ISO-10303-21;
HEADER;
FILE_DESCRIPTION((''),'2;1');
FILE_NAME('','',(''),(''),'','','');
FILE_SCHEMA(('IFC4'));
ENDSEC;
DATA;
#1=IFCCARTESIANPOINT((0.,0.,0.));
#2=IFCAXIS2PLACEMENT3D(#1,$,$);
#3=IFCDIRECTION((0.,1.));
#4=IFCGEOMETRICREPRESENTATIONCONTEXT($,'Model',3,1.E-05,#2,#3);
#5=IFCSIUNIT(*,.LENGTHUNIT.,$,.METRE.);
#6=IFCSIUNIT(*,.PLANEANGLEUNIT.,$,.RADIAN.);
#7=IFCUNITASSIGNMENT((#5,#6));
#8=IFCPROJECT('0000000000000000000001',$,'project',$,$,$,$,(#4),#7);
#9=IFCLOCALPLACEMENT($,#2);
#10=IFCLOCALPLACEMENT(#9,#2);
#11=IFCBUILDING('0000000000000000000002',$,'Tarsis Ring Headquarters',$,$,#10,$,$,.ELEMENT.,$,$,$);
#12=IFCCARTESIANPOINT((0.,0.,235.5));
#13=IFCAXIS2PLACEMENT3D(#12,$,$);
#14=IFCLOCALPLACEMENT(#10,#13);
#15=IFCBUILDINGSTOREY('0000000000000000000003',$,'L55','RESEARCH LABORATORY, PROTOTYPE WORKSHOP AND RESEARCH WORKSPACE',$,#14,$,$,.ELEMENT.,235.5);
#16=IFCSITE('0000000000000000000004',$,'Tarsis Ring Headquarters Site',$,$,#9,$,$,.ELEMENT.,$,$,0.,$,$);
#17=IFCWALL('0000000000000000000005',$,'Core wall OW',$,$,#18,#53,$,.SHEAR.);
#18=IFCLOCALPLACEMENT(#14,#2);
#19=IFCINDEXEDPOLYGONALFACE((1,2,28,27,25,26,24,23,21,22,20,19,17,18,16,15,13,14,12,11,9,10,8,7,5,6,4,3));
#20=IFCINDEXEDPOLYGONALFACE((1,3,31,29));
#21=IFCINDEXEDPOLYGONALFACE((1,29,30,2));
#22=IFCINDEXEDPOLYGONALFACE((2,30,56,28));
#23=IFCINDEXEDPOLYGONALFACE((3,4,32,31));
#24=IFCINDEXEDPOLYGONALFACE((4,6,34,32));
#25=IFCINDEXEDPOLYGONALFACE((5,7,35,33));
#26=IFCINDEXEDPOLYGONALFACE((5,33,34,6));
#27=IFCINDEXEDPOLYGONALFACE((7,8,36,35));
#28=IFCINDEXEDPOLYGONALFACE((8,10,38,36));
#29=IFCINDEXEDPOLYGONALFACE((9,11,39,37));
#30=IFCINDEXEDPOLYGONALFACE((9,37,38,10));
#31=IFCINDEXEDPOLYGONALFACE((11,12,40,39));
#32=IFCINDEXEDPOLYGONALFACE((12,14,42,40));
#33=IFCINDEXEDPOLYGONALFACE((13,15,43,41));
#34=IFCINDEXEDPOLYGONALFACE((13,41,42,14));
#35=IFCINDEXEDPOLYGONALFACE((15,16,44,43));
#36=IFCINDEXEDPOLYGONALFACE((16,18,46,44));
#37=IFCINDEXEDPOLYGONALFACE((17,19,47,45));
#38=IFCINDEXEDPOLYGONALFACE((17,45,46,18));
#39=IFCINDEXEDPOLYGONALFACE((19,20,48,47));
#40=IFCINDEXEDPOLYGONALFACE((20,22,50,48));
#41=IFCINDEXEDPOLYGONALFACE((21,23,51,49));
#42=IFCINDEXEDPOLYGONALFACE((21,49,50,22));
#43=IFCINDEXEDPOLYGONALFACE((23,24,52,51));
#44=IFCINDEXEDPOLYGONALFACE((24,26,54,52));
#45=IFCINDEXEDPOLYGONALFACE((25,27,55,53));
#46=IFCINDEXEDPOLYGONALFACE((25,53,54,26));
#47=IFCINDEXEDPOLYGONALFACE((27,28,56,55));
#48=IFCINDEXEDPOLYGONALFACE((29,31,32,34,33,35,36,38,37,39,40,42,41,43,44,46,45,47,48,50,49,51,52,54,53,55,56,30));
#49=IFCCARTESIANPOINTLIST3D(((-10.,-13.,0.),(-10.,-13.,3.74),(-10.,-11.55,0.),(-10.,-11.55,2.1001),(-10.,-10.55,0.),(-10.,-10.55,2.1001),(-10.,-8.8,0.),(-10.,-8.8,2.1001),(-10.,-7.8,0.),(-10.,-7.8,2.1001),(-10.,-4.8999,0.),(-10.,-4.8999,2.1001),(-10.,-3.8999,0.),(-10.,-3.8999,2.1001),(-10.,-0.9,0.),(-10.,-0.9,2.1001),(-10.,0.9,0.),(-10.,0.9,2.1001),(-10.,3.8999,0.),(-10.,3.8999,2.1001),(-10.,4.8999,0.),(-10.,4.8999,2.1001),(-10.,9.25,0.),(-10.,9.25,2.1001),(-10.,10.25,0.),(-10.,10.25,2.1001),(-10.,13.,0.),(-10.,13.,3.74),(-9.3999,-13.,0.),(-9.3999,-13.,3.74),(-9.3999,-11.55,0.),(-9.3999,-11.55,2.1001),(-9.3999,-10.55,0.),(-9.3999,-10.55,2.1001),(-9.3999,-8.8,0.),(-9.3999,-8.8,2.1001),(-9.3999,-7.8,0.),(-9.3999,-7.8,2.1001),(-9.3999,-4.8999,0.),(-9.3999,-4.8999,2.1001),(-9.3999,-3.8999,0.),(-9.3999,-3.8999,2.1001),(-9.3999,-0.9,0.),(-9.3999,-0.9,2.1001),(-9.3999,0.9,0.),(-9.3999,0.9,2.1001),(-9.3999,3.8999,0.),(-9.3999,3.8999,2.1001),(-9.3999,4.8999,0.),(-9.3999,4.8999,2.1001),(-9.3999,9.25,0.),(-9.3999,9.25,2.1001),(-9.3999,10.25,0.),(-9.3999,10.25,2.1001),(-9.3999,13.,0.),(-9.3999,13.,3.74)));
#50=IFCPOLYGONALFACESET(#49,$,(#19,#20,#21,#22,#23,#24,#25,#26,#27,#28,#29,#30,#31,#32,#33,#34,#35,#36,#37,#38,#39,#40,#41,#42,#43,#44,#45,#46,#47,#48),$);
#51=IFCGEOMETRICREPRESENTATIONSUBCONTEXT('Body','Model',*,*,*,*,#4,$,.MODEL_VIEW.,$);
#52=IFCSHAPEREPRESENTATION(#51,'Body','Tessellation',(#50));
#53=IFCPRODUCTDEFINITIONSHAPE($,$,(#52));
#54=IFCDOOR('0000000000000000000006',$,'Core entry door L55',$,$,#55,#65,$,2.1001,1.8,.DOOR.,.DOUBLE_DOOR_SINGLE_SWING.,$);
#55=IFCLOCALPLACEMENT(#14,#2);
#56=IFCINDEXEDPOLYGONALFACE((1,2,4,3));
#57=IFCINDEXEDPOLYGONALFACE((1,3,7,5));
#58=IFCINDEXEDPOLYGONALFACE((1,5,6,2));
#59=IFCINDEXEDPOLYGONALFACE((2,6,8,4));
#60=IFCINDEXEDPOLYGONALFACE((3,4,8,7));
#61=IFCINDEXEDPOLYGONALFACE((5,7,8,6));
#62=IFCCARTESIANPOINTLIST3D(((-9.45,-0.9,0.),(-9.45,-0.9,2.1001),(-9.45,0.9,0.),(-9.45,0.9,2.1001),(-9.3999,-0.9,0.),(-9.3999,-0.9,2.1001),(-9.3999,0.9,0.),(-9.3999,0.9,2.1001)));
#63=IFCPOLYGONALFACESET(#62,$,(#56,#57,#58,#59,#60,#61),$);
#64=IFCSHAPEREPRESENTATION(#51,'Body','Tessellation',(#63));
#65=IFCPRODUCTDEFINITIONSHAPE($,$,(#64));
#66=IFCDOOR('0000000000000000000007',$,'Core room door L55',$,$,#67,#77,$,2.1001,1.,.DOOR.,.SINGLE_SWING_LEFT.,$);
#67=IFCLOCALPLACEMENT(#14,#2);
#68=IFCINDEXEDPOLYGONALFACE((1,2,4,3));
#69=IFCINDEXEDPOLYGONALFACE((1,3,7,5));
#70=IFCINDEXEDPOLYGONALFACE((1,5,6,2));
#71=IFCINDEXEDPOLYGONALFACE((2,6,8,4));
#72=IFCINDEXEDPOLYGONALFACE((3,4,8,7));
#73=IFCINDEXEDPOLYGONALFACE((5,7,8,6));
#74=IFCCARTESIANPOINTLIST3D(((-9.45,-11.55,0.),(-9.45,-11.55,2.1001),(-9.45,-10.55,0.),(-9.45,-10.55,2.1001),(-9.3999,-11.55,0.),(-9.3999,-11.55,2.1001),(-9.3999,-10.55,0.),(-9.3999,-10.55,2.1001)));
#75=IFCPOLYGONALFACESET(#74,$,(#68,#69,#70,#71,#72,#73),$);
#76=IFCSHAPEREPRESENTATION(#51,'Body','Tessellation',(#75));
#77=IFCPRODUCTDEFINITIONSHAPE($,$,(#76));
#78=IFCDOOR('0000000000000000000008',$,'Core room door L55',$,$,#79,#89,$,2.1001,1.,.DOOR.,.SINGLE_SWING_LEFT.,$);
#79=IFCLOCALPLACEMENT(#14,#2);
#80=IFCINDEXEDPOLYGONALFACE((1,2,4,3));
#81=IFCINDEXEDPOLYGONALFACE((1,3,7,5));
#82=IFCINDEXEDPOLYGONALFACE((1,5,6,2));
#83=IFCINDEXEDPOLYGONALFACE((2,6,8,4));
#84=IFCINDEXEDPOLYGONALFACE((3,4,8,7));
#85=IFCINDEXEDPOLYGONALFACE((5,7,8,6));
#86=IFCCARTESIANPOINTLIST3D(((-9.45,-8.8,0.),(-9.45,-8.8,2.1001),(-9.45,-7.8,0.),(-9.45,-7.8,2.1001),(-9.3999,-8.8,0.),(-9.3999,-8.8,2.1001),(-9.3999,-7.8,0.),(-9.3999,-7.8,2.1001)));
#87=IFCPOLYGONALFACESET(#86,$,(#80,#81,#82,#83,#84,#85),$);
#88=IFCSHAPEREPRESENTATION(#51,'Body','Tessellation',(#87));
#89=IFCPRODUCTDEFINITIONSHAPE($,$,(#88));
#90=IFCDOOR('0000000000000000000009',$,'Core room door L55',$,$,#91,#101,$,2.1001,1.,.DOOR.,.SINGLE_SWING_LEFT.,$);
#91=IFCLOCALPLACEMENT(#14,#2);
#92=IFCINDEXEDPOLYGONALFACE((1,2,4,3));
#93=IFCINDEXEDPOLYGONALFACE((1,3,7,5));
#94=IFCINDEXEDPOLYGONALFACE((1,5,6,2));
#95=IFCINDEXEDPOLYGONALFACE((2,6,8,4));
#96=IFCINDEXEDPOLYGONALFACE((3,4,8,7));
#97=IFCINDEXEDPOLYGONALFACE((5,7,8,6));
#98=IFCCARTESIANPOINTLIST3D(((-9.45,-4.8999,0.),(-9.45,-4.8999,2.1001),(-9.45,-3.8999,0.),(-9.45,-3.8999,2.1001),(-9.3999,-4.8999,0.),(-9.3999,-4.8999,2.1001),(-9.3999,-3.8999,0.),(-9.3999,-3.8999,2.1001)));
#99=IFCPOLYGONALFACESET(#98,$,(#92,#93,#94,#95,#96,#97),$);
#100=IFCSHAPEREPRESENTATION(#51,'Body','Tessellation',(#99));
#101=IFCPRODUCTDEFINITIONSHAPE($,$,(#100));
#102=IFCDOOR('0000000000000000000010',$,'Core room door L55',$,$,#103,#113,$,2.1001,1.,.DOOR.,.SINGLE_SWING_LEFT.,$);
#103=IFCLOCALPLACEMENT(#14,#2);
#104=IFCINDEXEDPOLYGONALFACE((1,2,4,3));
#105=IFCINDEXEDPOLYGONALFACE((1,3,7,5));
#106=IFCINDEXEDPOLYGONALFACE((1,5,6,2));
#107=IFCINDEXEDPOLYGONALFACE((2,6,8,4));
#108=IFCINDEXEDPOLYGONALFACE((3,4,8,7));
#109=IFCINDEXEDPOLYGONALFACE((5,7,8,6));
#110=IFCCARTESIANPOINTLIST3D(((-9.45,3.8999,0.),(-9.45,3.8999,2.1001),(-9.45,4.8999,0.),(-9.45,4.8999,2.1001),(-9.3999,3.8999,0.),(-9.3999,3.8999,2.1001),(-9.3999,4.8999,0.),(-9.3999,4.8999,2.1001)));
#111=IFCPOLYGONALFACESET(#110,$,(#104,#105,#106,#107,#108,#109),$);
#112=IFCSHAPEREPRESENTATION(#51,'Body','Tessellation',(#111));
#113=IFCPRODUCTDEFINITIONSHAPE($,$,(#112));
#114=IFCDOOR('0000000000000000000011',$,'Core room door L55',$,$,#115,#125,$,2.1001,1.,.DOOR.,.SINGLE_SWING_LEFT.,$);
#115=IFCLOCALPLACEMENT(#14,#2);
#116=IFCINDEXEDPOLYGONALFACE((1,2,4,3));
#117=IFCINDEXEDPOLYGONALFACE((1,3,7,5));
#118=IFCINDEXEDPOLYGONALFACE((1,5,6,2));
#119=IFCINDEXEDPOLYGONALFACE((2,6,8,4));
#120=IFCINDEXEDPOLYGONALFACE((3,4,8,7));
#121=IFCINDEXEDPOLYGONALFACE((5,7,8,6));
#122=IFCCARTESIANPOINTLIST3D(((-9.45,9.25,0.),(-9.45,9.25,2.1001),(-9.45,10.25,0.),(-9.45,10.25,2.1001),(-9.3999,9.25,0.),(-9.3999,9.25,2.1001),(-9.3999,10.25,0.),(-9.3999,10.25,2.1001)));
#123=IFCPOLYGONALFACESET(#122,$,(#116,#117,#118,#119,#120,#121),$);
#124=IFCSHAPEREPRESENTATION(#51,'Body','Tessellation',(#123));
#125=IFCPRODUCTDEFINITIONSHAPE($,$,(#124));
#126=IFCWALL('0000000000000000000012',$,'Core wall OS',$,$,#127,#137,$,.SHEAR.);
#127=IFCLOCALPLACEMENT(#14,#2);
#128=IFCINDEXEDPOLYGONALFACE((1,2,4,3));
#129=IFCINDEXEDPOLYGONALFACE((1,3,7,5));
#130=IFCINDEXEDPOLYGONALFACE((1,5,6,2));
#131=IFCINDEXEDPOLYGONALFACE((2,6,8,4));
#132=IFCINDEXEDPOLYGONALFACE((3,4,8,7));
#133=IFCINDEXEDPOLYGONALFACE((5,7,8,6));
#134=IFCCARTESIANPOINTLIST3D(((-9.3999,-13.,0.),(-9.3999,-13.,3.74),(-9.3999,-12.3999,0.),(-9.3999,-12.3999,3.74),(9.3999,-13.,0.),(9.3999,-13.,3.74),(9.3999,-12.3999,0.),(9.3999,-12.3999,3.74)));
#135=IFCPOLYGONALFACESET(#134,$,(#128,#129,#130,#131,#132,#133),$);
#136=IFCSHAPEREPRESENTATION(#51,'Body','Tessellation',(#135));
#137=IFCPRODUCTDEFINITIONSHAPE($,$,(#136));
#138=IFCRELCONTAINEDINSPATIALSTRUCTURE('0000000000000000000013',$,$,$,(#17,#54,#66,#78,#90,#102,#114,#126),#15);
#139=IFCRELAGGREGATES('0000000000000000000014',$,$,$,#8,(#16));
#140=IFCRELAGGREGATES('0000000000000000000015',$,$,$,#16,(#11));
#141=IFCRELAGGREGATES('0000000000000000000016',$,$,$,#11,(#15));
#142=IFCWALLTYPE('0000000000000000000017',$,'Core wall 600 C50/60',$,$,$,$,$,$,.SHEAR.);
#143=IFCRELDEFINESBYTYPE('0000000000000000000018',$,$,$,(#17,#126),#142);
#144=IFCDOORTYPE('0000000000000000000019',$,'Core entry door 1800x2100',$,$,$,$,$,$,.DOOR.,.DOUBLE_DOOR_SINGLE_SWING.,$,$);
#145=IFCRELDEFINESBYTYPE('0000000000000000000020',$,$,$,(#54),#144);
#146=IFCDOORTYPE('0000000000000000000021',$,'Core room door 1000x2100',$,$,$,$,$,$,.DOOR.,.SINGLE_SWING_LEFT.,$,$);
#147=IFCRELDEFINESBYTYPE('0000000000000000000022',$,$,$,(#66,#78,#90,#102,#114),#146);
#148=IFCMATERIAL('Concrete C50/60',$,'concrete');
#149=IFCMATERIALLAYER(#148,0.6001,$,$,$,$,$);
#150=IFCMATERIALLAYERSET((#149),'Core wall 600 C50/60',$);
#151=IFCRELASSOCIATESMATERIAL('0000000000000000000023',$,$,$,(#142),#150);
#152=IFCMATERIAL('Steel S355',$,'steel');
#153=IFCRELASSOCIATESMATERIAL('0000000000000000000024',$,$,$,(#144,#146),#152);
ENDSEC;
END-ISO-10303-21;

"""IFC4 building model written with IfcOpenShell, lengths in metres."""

from ifc_helpers import new_model, si_unit, direction, frame, frame_2d, origin, place, context, subcontext, project, spatial, rectangle, extrude, material, layer, layer_set, type_object, element, fill, save


model = new_model("IFC4")

# Units and contexts
model_context = context("Model", 3, precision=1e-05, world=origin(), true_north=direction((0.0, 1.0)))
body_context = subcontext(model_context, "Body", "Model", "MODEL_VIEW")
ifc_project = project(units=[si_unit("LENGTHUNIT", "METRE"), si_unit("PLANEANGLEUNIT", "RADIAN")], contexts=[model_context])

# Site, building, storey
site_placement = place(None, origin())
site = spatial("IfcSite", under=ifc_project, at=site_placement, Name="Tarsis Ring Headquarters Site", CompositionType="ELEMENT", RefElevation=0.0)
building_placement = place(site_placement, origin())
building = spatial("IfcBuilding", under=site, at=building_placement, Name="Tarsis Ring Headquarters", CompositionType="ELEMENT")
storey_placement = place(building_placement, frame((0.0, 0.0, 235.5)))
storey = spatial("IfcBuildingStorey", under=building, at=storey_placement, Name="L55", Description="RESEARCH LABORATORY, PROTOTYPE WORKSHOP AND RESEARCH WORKSPACE", CompositionType="ELEMENT", Elevation=235.5)

# Wall, openings, doors
ifc_material_1 = material(Name="Concrete C50/60", Category="concrete")
ifc_layer_1 = layer(ifc_material_1, 0.6001)
ifc_layer_set_1 = layer_set([ifc_layer_1], Name="Core wall 600 C50/60")
wall_type_1 = type_object("IfcWallType", Name="Core wall 600 C50/60", PredefinedType="SHEAR", material=ifc_layer_set_1)
wall_1_placement = place(storey_placement, frame((-9.7, -13.0, 0.0), z_axis=(0.0, 0.0, 1.0), x_axis=(0.0, 1.0, 0.0)))
wall_1 = element("IfcWall", 1, at=wall_1_placement, inside=storey, type_object=wall_type_1, Name="Core wall OW", PredefinedType="SHEAR", context=body_context, shape_type="SweptSolid", body=[
    extrude(rectangle(XDim=26.0, YDim=0.6001, at=frame_2d((13.0, 0.0))), origin(), (0.0, 0.0, 1.0), 3.74),
])
opening_1_placement = place(wall_1_placement, frame((1.45, 0.0, 0.0)))
opening_1 = element("IfcOpeningElement", 2, at=opening_1_placement, cuts=wall_1, PredefinedType="OPENING", context=body_context, shape_type="SweptSolid", body=[
    extrude(rectangle(XDim=1.0, YDim=2.1001, at=frame_2d((0.5, 1.05))), frame((0.0, 0.3101, 0.0), z_axis=(0.0, -1.0, 0.0), x_axis=(1.0, 0.0, 0.0)), (0.0, 0.0, 1.0), 0.6201),
])
opening_2_placement = place(wall_1_placement, frame((4.2, 0.0, 0.0)))
opening_2 = element("IfcOpeningElement", 3, at=opening_2_placement, cuts=wall_1, PredefinedType="OPENING", context=body_context, shape_type="SweptSolid", body=[
    extrude(rectangle(XDim=1.0, YDim=2.1001, at=frame_2d((0.5, 1.05))), frame((0.0, 0.3101, 0.0), z_axis=(0.0, -1.0, 0.0), x_axis=(1.0, 0.0, 0.0)), (0.0, 0.0, 1.0), 0.6201),
])
opening_3_placement = place(wall_1_placement, frame((8.1001, 0.0, 0.0)))
opening_3 = element("IfcOpeningElement", 4, at=opening_3_placement, cuts=wall_1, PredefinedType="OPENING", context=body_context, shape_type="SweptSolid", body=[
    extrude(rectangle(XDim=1.0, YDim=2.1001, at=frame_2d((0.5, 1.05))), frame((0.0, 0.3101, 0.0), z_axis=(0.0, -1.0, 0.0), x_axis=(1.0, 0.0, 0.0)), (0.0, 0.0, 1.0), 0.6201),
])
opening_4_placement = place(wall_1_placement, frame((12.1001, 0.0, 0.0)))
opening_4 = element("IfcOpeningElement", 5, at=opening_4_placement, cuts=wall_1, PredefinedType="OPENING", context=body_context, shape_type="SweptSolid", body=[
    extrude(rectangle(XDim=1.8, YDim=2.1001, at=frame_2d((0.8999, 1.05))), frame((0.0, 0.3101, 0.0), z_axis=(0.0, -1.0, 0.0), x_axis=(1.0, 0.0, 0.0)), (0.0, 0.0, 1.0), 0.6201),
])
opening_5_placement = place(wall_1_placement, frame((16.8999, 0.0, 0.0)))
opening_5 = element("IfcOpeningElement", 6, at=opening_5_placement, cuts=wall_1, PredefinedType="OPENING", context=body_context, shape_type="SweptSolid", body=[
    extrude(rectangle(XDim=1.0, YDim=2.1001, at=frame_2d((0.5, 1.05))), frame((0.0, 0.3101, 0.0), z_axis=(0.0, -1.0, 0.0), x_axis=(1.0, 0.0, 0.0)), (0.0, 0.0, 1.0), 0.6201),
])
opening_6_placement = place(wall_1_placement, frame((22.25, 0.0, 0.0)))
opening_6 = element("IfcOpeningElement", 7, at=opening_6_placement, cuts=wall_1, PredefinedType="OPENING", context=body_context, shape_type="SweptSolid", body=[
    extrude(rectangle(XDim=1.0, YDim=2.1001, at=frame_2d((0.5, 1.05))), frame((0.0, 0.3101, 0.0), z_axis=(0.0, -1.0, 0.0), x_axis=(1.0, 0.0, 0.0)), (0.0, 0.0, 1.0), 0.6201),
])
ifc_material_2 = material(Name="Steel S355", Category="steel")
door_type_1 = type_object("IfcDoorType", Name="Core entry door 1800x2100", OperationType="DOUBLE_DOOR_SINGLE_SWING", PredefinedType="DOOR", material=ifc_material_2)
door_1_placement = place(opening_4_placement, origin())
door_1 = element("IfcDoor", 8, at=door_1_placement, inside=storey, type_object=door_type_1, Name="Core entry door L55", OperationType="DOUBLE_DOOR_SINGLE_SWING", OverallHeight=2.1001, OverallWidth=1.8, PredefinedType="DOOR", context=body_context, shape_type="SweptSolid", body=[
    extrude(rectangle(XDim=1.8, YDim=2.1001, at=frame_2d((0.8999, 1.05))), frame((0.0, -0.25, 0.0), z_axis=(0.0, -1.0, 0.0), x_axis=(1.0, 0.0, 0.0)), (0.0, 0.0, 1.0), 0.05),
])
fill(opening_4, door_1)
door_type_2 = type_object("IfcDoorType", Name="Core room door 1000x2100", OperationType="SINGLE_SWING_LEFT", PredefinedType="DOOR", material=ifc_material_2)
door_2_placement = place(opening_1_placement, origin())
door_2 = element("IfcDoor", 9, at=door_2_placement, inside=storey, type_object=door_type_2, Name="Core room door L55", OperationType="SINGLE_SWING_LEFT", OverallHeight=2.1001, OverallWidth=1.0, PredefinedType="DOOR", context=body_context, shape_type="SweptSolid", body=[
    extrude(rectangle(XDim=1.0, YDim=2.1001, at=frame_2d((0.5, 1.05))), frame((0.0, -0.25, 0.0), z_axis=(0.0, -1.0, 0.0), x_axis=(1.0, 0.0, 0.0)), (0.0, 0.0, 1.0), 0.05),
])
fill(opening_1, door_2)
door_3_placement = place(opening_2_placement, origin())
door_3 = element("IfcDoor", 10, at=door_3_placement, inside=storey, type_object=door_type_2, Name="Core room door L55", OperationType="SINGLE_SWING_LEFT", OverallHeight=2.1001, OverallWidth=1.0, PredefinedType="DOOR", context=body_context, shape_type="SweptSolid", body=[
    extrude(rectangle(XDim=1.0, YDim=2.1001, at=frame_2d((0.5, 1.05))), frame((0.0, -0.25, 0.0), z_axis=(0.0, -1.0, 0.0), x_axis=(1.0, 0.0, 0.0)), (0.0, 0.0, 1.0), 0.05),
])
fill(opening_2, door_3)
door_4_placement = place(opening_3_placement, origin())
door_4 = element("IfcDoor", 11, at=door_4_placement, inside=storey, type_object=door_type_2, Name="Core room door L55", OperationType="SINGLE_SWING_LEFT", OverallHeight=2.1001, OverallWidth=1.0, PredefinedType="DOOR", context=body_context, shape_type="SweptSolid", body=[
    extrude(rectangle(XDim=1.0, YDim=2.1001, at=frame_2d((0.5, 1.05))), frame((0.0, -0.25, 0.0), z_axis=(0.0, -1.0, 0.0), x_axis=(1.0, 0.0, 0.0)), (0.0, 0.0, 1.0), 0.05),
])
fill(opening_3, door_4)
door_5_placement = place(opening_5_placement, origin())
door_5 = element("IfcDoor", 12, at=door_5_placement, inside=storey, type_object=door_type_2, Name="Core room door L55", OperationType="SINGLE_SWING_LEFT", OverallHeight=2.1001, OverallWidth=1.0, PredefinedType="DOOR", context=body_context, shape_type="SweptSolid", body=[
    extrude(rectangle(XDim=1.0, YDim=2.1001, at=frame_2d((0.5, 1.05))), frame((0.0, -0.25, 0.0), z_axis=(0.0, -1.0, 0.0), x_axis=(1.0, 0.0, 0.0)), (0.0, 0.0, 1.0), 0.05),
])
fill(opening_5, door_5)
door_6_placement = place(opening_6_placement, origin())
door_6 = element("IfcDoor", 13, at=door_6_placement, inside=storey, type_object=door_type_2, Name="Core room door L55", OperationType="SINGLE_SWING_LEFT", OverallHeight=2.1001, OverallWidth=1.0, PredefinedType="DOOR", context=body_context, shape_type="SweptSolid", body=[
    extrude(rectangle(XDim=1.0, YDim=2.1001, at=frame_2d((0.5, 1.05))), frame((0.0, -0.25, 0.0), z_axis=(0.0, -1.0, 0.0), x_axis=(1.0, 0.0, 0.0)), (0.0, 0.0, 1.0), 0.05),
])
fill(opening_6, door_6)

# Wall
wall_2_placement = place(storey_placement, frame((-9.3999, -12.7, 0.0), z_axis=(0.0, 0.0, 1.0), x_axis=(1.0, 0.0, 0.0)))
element("IfcWall", 14, at=wall_2_placement, inside=storey, type_object=wall_type_1, Name="Core wall OS", PredefinedType="SHEAR", context=body_context, shape_type="SweptSolid", body=[
    extrude(rectangle(XDim=18.7998, YDim=0.6001, at=frame_2d((9.3999, 0.0))), origin(), (0.0, 0.0, 1.0), 3.74),
])

save(model, "model.ifc")
